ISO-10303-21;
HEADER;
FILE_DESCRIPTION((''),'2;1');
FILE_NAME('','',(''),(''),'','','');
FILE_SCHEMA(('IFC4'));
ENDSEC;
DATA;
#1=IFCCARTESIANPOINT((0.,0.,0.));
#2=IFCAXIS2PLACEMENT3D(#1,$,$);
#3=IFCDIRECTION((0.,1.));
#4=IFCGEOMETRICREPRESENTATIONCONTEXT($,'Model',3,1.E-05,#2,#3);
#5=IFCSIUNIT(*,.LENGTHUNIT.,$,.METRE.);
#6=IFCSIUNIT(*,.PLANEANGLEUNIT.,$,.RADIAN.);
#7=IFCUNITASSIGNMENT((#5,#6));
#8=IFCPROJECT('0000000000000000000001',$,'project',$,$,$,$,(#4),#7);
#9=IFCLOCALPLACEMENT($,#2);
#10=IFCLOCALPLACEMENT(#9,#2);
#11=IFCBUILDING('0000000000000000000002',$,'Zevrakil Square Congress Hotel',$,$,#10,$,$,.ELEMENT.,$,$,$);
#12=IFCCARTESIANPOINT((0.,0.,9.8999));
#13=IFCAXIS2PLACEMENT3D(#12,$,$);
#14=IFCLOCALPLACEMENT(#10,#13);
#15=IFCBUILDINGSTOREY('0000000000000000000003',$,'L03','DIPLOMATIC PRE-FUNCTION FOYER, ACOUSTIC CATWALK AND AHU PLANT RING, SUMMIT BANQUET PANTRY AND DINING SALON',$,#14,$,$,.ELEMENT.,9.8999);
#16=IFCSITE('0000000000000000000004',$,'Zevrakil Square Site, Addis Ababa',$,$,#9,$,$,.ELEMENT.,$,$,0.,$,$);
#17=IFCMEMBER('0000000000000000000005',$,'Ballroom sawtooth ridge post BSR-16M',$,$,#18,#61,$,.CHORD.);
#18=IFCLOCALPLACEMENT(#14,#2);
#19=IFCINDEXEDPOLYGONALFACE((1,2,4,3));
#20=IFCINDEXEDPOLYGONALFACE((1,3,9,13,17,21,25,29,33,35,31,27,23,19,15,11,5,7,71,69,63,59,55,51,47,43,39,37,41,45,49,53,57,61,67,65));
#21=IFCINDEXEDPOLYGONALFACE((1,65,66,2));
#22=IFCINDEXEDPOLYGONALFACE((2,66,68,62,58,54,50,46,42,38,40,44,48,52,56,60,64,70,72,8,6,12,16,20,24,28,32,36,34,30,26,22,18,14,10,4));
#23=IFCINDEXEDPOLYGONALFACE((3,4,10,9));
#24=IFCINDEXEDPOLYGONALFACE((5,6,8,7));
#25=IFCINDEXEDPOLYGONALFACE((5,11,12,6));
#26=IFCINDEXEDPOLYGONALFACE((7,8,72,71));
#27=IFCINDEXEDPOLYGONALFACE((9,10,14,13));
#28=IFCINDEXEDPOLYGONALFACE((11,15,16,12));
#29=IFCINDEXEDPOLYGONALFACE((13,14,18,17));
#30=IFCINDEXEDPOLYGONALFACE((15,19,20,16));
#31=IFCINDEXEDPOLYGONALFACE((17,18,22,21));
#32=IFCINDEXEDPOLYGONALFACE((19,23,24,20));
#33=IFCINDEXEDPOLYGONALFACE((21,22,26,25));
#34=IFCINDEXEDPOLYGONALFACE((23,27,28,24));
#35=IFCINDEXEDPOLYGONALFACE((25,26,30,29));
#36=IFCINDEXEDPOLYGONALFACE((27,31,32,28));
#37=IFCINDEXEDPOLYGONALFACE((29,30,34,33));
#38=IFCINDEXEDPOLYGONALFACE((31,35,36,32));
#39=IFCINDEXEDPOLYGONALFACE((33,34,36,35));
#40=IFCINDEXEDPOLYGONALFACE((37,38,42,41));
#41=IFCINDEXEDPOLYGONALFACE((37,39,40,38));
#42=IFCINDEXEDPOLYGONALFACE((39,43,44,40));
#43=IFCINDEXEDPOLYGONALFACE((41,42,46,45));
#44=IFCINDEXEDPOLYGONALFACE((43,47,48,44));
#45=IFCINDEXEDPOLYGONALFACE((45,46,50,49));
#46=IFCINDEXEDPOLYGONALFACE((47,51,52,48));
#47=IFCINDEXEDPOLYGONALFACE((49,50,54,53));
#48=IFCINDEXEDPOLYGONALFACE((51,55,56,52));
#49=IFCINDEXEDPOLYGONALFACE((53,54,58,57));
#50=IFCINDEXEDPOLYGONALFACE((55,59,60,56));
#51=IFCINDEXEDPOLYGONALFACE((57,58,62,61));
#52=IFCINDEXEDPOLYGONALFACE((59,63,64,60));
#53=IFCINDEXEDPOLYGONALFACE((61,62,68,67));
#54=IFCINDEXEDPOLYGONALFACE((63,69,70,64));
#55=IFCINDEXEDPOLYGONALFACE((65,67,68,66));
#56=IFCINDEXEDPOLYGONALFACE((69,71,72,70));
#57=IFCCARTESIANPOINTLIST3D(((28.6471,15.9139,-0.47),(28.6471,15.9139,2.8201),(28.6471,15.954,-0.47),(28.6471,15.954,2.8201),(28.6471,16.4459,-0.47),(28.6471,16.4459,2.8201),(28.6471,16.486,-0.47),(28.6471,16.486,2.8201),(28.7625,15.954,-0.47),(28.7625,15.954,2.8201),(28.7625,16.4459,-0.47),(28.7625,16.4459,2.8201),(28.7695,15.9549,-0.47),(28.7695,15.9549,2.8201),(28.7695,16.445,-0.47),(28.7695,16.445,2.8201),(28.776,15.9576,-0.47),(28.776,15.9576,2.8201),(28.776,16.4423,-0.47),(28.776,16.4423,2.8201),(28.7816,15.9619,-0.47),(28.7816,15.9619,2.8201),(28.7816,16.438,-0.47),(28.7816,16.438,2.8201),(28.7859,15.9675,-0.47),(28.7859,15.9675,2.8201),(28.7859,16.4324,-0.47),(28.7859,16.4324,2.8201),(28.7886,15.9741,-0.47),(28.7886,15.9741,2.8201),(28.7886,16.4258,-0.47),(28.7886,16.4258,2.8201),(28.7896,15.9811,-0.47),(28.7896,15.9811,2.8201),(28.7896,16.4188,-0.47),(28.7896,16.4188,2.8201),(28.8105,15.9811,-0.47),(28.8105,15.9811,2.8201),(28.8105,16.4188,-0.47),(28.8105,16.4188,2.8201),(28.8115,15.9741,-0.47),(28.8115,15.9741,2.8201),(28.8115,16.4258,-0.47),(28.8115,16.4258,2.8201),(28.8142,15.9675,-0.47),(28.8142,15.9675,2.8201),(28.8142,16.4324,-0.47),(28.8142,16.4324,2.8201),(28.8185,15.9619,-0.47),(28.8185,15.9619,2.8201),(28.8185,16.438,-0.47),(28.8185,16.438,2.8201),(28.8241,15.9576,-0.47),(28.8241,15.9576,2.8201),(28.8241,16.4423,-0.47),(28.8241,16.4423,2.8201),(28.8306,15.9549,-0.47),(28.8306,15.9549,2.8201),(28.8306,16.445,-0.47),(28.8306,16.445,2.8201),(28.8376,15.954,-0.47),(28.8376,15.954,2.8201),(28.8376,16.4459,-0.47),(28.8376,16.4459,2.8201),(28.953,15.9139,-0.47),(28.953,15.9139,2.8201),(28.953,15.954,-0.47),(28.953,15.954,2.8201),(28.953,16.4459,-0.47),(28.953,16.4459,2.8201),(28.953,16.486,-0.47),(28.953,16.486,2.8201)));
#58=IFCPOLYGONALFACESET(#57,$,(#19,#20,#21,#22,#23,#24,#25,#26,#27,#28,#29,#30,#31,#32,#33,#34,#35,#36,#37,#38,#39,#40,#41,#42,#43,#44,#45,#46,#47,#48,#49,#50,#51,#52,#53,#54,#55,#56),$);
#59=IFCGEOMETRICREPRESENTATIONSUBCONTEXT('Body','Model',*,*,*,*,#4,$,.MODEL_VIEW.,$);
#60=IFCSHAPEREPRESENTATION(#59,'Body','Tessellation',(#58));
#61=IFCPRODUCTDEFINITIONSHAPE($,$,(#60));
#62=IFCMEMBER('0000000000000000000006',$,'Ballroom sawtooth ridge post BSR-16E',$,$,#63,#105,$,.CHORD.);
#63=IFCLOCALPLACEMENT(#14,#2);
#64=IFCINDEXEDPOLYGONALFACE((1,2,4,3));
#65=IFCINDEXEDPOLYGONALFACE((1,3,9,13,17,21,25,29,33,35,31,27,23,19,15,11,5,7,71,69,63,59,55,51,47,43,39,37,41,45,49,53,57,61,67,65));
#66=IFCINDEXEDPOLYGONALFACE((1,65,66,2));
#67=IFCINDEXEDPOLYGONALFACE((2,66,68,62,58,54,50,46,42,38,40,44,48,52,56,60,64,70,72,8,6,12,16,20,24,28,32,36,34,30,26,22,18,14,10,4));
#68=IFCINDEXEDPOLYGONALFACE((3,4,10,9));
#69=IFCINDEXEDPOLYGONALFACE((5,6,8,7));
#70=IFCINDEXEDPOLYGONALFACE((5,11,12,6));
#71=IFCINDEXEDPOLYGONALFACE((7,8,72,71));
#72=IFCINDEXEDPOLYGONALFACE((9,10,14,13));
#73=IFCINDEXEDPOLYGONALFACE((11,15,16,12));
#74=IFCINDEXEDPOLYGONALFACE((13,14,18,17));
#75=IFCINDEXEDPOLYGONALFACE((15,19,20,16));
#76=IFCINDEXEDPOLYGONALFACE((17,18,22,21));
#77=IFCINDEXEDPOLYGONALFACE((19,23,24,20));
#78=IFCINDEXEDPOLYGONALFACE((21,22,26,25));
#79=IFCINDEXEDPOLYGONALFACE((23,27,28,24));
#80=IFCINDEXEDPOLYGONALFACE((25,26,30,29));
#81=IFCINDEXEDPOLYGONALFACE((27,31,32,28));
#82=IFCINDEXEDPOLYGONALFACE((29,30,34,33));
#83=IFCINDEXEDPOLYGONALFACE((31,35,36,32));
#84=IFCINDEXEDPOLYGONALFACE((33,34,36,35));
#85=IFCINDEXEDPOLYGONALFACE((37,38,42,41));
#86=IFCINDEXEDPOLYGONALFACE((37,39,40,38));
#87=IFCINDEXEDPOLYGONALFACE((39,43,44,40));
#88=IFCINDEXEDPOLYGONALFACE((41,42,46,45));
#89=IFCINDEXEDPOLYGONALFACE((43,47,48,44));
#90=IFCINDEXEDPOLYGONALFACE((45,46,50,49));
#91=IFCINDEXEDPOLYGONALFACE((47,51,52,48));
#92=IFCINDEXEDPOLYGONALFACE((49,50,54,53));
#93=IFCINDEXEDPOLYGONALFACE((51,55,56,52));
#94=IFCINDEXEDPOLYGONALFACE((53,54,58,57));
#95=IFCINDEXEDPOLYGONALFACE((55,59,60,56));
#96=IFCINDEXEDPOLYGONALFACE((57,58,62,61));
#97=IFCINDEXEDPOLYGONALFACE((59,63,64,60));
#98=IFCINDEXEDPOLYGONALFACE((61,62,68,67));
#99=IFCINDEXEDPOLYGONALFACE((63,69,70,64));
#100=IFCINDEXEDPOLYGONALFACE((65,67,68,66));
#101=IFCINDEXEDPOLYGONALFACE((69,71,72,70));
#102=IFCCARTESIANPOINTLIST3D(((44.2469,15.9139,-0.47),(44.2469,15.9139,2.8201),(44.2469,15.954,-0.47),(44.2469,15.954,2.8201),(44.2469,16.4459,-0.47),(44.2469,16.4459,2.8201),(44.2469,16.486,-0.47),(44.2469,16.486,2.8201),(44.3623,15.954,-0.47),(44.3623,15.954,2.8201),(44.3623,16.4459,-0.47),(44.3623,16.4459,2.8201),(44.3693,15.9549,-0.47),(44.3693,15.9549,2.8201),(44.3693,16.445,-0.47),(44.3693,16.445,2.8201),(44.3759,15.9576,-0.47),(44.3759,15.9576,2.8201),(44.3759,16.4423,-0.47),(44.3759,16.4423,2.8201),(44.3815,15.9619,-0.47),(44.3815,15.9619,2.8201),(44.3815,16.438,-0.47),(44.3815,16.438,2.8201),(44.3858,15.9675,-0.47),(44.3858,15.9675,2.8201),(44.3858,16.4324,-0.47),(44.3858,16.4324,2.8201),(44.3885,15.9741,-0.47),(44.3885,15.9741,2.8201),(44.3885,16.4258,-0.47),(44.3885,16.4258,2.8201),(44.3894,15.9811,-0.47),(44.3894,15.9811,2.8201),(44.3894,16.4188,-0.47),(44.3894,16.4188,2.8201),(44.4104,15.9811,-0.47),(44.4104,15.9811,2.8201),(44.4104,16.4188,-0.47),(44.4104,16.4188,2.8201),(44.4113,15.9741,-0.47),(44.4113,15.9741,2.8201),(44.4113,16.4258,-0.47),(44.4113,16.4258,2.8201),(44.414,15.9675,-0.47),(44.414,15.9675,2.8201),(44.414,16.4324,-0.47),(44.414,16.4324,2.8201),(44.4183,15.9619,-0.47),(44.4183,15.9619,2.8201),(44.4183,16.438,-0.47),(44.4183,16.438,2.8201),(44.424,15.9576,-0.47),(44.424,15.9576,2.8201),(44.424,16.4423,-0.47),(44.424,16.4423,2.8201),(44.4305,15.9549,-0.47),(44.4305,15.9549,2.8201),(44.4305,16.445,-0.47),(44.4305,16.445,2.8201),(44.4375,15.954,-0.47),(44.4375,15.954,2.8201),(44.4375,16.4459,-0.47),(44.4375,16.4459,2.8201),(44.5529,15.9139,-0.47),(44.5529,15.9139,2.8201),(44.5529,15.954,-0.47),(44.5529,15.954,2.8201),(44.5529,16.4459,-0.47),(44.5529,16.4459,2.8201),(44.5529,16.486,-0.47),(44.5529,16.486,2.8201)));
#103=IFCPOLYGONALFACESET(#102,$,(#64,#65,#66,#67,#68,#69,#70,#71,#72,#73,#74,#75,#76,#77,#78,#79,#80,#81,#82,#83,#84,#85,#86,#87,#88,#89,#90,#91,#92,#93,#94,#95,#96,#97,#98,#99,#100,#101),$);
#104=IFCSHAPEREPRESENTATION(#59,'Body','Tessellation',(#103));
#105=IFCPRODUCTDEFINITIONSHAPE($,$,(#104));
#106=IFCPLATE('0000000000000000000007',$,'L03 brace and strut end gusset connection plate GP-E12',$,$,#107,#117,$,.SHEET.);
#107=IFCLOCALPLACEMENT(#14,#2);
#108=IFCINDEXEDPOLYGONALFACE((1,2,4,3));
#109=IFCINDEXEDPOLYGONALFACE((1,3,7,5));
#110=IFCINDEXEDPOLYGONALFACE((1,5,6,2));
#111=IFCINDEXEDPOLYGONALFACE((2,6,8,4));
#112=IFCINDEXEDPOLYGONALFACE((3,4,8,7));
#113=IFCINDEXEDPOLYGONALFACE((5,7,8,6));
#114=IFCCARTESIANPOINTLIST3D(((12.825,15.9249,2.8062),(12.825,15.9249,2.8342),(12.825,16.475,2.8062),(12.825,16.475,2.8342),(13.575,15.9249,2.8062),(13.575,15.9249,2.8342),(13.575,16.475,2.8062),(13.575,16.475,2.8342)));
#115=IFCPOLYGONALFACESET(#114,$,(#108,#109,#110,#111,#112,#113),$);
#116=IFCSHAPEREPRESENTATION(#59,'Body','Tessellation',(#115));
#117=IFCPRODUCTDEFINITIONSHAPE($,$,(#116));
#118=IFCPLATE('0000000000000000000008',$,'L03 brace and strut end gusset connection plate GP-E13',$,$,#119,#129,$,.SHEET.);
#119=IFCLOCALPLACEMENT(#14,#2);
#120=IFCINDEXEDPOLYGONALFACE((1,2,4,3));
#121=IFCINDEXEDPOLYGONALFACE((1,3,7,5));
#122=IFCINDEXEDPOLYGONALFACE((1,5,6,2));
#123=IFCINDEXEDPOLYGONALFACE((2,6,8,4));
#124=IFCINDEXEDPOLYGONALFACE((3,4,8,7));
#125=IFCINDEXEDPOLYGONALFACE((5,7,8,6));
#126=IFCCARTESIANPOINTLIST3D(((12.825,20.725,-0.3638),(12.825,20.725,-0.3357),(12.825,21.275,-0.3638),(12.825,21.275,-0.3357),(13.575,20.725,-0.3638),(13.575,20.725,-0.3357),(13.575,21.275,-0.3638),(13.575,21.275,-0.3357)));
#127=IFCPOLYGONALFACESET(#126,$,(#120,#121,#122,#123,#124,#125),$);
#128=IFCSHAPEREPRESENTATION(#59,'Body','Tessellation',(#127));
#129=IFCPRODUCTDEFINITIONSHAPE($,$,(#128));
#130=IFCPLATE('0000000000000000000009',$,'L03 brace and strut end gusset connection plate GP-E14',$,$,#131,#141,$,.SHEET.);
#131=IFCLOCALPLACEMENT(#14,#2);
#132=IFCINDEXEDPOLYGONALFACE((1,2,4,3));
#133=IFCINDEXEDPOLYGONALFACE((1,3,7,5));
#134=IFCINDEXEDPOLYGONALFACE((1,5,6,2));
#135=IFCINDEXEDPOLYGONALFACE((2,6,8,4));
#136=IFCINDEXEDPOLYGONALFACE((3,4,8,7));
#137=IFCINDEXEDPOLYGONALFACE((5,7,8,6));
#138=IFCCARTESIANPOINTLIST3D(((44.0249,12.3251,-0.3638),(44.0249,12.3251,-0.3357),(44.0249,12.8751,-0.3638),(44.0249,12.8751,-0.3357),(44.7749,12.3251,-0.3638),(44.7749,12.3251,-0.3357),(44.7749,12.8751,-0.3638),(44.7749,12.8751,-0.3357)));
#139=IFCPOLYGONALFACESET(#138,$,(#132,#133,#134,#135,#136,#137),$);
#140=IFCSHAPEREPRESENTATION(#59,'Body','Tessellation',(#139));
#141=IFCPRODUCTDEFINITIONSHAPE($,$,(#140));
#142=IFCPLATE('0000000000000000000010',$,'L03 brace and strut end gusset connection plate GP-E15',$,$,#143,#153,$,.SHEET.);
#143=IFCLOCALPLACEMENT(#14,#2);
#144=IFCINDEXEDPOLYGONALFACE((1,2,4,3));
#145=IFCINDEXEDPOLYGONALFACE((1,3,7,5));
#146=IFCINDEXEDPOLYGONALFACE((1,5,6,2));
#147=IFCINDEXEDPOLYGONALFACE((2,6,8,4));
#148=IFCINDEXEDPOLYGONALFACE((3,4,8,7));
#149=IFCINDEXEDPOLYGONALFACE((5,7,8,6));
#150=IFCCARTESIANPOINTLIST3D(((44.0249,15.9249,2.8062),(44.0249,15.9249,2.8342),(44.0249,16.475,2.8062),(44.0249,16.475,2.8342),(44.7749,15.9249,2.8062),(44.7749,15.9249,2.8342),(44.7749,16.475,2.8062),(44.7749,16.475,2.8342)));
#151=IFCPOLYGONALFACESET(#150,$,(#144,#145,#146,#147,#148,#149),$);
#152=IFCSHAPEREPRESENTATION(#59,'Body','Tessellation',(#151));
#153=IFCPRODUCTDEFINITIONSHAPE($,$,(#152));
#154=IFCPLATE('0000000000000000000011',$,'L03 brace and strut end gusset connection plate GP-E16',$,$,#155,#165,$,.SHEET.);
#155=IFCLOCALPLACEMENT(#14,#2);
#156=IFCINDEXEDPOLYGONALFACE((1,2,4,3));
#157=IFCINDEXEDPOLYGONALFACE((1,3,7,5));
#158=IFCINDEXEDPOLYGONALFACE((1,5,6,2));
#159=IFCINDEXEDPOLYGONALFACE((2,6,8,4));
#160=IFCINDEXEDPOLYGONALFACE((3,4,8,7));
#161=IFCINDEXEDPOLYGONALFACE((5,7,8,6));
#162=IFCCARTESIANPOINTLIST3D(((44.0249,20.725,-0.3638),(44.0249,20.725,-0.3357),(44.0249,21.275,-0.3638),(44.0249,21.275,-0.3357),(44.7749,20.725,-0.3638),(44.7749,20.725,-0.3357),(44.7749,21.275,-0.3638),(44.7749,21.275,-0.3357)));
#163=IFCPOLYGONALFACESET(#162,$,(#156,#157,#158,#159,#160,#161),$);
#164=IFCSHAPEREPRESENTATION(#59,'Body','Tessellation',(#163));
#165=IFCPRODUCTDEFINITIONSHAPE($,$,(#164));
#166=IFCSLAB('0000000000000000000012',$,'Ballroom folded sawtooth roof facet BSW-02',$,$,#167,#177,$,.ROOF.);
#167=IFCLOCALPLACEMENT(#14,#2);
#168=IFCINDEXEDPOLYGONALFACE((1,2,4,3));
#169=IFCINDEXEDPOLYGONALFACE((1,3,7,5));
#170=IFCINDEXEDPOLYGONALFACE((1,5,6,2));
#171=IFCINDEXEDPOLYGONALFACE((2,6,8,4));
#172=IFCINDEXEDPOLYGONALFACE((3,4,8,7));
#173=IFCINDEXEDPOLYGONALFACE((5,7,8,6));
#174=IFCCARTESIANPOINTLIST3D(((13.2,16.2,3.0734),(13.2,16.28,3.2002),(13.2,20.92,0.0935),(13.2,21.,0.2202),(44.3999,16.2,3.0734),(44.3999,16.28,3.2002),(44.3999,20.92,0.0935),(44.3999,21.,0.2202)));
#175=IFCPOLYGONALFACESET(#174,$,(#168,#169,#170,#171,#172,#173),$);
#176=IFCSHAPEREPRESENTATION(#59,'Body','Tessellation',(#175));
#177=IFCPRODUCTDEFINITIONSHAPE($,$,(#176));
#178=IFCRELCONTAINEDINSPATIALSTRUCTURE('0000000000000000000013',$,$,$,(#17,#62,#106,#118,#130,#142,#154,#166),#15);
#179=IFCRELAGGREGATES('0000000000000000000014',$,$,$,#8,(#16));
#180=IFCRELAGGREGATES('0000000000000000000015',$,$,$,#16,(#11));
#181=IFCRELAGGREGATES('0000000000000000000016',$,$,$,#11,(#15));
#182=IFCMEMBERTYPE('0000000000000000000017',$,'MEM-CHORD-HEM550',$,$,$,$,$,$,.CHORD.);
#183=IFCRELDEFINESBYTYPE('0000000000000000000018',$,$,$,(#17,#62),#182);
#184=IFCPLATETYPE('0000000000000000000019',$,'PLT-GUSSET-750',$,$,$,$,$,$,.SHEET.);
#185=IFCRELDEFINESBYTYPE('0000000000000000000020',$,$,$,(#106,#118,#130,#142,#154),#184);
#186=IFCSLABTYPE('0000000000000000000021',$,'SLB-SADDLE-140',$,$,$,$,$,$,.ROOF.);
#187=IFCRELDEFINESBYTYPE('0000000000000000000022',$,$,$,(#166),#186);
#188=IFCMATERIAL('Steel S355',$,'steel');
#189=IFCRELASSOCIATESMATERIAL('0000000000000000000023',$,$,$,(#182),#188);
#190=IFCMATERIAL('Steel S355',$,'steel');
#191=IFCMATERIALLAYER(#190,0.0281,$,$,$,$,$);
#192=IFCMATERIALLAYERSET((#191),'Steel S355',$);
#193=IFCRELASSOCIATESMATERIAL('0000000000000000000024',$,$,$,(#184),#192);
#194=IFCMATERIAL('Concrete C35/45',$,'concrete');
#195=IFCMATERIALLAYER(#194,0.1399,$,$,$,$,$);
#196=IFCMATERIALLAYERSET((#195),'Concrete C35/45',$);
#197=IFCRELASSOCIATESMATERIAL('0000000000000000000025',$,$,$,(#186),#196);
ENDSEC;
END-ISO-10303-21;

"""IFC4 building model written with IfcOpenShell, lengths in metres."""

from ifc_helpers import new_model, si_unit, direction, frame, origin, origin_2d, place, context, subcontext, project, spatial, polyline, rectangle, i_section, outline, extrude, material, layer, layer_set, material_profile, profile_set, type_object, element, save


model = new_model("IFC4")

# Units and contexts
model_context = context("Model", 3, precision=1e-05, world=origin(), true_north=direction((0.0, 1.0)))
body_context = subcontext(model_context, "Body", "Model", "MODEL_VIEW")
ifc_project = project(units=[si_unit("LENGTHUNIT", "METRE"), si_unit("PLANEANGLEUNIT", "RADIAN")], contexts=[model_context])

# Site, building, storey
site_placement = place(None, origin())
site = spatial("IfcSite", under=ifc_project, at=site_placement, Name="Zevrakil Square Site, Addis Ababa", CompositionType="ELEMENT", RefElevation=0.0)
building_placement = place(site_placement, origin())
building = spatial("IfcBuilding", under=site, at=building_placement, Name="Zevrakil Square Congress Hotel", CompositionType="ELEMENT")
storey_placement = place(building_placement, frame((0.0, 0.0, 9.8999)))
storey = spatial("IfcBuildingStorey", under=building, at=storey_placement, Name="L03", Description="DIPLOMATIC PRE-FUNCTION FOYER, ACOUSTIC CATWALK AND AHU PLANT RING, SUMMIT BANQUET PANTRY AND DINING SALON", CompositionType="ELEMENT", Elevation=9.8999)

# Members
ifc_material_1 = material(Name="Steel S355", Category="steel")
ifc_material_profile_1 = material_profile(ifc_material_1, i_section(OverallWidth=0.3059, OverallDepth=0.572, WebThickness=0.021, FlangeThickness=0.04, FilletRadius=0.0271, at=origin_2d()), Name="HEM 550")
ifc_profile_set_1 = profile_set([ifc_material_profile_1], Name="Steel S355")
member_type_1 = type_object("IfcMemberType", Name="MEM-CHORD-HEM550", PredefinedType="CHORD", material=ifc_profile_set_1)
for number, where, z_axis, x_axis, name in (
    (1, (28.8, 16.2, -0.47), (0.0, 0.0, 1.0), (1.0, 0.0, 0.0), "Ballroom sawtooth ridge post BSR-16M"),
    (2, (44.3999, 16.2, -0.47), (0.0, 0.0, 1.0), (1.0, 0.0, 0.0), "Ballroom sawtooth ridge post BSR-16E"),
):
    element("IfcMember", number, at=place(storey_placement, frame(where, z_axis=z_axis, x_axis=x_axis)), inside=storey, type_object=member_type_1, Name=name, PredefinedType="CHORD", context=body_context, shape_type="SweptSolid", body=[
        extrude(i_section(OverallWidth=0.3059, OverallDepth=0.572, WebThickness=0.021, FlangeThickness=0.04, FilletRadius=0.0271, at=origin_2d()), origin(), (0.0, 0.0, 1.0), 3.29),
    ])

# Plates
ifc_material_2 = material(Name="Steel S355", Category="steel")
ifc_layer_1 = layer(ifc_material_2, 0.0281)
ifc_layer_set_1 = layer_set([ifc_layer_1], Name="Steel S355")
plate_type = type_object("IfcPlateType", Name="PLT-GUSSET-750", PredefinedType="SHEET", material=ifc_layer_set_1)
for number, where, z_axis, x_axis, name in (
    (3, (13.2, 16.2, 2.8062), (0.0, 0.0, 1.0), (1.0, 0.0, 0.0), "L03 brace and strut end gusset connection plate GP-E12"),
    (4, (13.2, 21.0, -0.3638), (0.0, 0.0, 1.0), (1.0, 0.0, 0.0), "L03 brace and strut end gusset connection plate GP-E13"),
    (5, (44.3999, 12.6001, -0.3638), (0.0, 0.0, 1.0), (1.0, 0.0, 0.0), "L03 brace and strut end gusset connection plate GP-E14"),
    (6, (44.3999, 16.2, 2.8062), (0.0, 0.0, 1.0), (1.0, 0.0, 0.0), "L03 brace and strut end gusset connection plate GP-E15"),
    (7, (44.3999, 21.0, -0.3638), (0.0, 0.0, 1.0), (1.0, 0.0, 0.0), "L03 brace and strut end gusset connection plate GP-E16"),
):
    element("IfcPlate", number, at=place(storey_placement, frame(where, z_axis=z_axis, x_axis=x_axis)), inside=storey, type_object=plate_type, Name=name, PredefinedType="SHEET", context=body_context, shape_type="SweptSolid", body=[
        extrude(rectangle(XDim=0.75, YDim=0.55, at=origin_2d()), origin(), (0.0, 0.0, 1.0), 0.0281),
    ])

# Slab
ifc_material_3 = material(Name="Concrete C35/45", Category="concrete")
ifc_layer_2 = layer(ifc_material_3, 0.1399)
ifc_layer_set_2 = layer_set([ifc_layer_2], Name="Concrete C35/45")
slab_type = type_object("IfcSlabType", Name="SLB-SADDLE-140", PredefinedType="ROOF", material=ifc_layer_set_2)
slab_placement = place(storey_placement, frame((13.2, 16.28, 3.2002), z_axis=(0.0, 0.533858, 0.845574), x_axis=(1.0, 0.0, 0.0)))
element("IfcSlab", 8, at=slab_placement, inside=storey, type_object=slab_type, Name="Ballroom folded sawtooth roof facet BSW-02", PredefinedType="ROOF", context=body_context, shape_type="SweptSolid", body=[
    extrude(outline(polyline([(0.0, 0.0), (31.2, 0.0), (31.2, 5.582), (0.0, 5.582), (0.0, 0.0)])), origin(), (0.0, 0.0, -1.0), 0.1499),
])

save(model, "model.ifc")
